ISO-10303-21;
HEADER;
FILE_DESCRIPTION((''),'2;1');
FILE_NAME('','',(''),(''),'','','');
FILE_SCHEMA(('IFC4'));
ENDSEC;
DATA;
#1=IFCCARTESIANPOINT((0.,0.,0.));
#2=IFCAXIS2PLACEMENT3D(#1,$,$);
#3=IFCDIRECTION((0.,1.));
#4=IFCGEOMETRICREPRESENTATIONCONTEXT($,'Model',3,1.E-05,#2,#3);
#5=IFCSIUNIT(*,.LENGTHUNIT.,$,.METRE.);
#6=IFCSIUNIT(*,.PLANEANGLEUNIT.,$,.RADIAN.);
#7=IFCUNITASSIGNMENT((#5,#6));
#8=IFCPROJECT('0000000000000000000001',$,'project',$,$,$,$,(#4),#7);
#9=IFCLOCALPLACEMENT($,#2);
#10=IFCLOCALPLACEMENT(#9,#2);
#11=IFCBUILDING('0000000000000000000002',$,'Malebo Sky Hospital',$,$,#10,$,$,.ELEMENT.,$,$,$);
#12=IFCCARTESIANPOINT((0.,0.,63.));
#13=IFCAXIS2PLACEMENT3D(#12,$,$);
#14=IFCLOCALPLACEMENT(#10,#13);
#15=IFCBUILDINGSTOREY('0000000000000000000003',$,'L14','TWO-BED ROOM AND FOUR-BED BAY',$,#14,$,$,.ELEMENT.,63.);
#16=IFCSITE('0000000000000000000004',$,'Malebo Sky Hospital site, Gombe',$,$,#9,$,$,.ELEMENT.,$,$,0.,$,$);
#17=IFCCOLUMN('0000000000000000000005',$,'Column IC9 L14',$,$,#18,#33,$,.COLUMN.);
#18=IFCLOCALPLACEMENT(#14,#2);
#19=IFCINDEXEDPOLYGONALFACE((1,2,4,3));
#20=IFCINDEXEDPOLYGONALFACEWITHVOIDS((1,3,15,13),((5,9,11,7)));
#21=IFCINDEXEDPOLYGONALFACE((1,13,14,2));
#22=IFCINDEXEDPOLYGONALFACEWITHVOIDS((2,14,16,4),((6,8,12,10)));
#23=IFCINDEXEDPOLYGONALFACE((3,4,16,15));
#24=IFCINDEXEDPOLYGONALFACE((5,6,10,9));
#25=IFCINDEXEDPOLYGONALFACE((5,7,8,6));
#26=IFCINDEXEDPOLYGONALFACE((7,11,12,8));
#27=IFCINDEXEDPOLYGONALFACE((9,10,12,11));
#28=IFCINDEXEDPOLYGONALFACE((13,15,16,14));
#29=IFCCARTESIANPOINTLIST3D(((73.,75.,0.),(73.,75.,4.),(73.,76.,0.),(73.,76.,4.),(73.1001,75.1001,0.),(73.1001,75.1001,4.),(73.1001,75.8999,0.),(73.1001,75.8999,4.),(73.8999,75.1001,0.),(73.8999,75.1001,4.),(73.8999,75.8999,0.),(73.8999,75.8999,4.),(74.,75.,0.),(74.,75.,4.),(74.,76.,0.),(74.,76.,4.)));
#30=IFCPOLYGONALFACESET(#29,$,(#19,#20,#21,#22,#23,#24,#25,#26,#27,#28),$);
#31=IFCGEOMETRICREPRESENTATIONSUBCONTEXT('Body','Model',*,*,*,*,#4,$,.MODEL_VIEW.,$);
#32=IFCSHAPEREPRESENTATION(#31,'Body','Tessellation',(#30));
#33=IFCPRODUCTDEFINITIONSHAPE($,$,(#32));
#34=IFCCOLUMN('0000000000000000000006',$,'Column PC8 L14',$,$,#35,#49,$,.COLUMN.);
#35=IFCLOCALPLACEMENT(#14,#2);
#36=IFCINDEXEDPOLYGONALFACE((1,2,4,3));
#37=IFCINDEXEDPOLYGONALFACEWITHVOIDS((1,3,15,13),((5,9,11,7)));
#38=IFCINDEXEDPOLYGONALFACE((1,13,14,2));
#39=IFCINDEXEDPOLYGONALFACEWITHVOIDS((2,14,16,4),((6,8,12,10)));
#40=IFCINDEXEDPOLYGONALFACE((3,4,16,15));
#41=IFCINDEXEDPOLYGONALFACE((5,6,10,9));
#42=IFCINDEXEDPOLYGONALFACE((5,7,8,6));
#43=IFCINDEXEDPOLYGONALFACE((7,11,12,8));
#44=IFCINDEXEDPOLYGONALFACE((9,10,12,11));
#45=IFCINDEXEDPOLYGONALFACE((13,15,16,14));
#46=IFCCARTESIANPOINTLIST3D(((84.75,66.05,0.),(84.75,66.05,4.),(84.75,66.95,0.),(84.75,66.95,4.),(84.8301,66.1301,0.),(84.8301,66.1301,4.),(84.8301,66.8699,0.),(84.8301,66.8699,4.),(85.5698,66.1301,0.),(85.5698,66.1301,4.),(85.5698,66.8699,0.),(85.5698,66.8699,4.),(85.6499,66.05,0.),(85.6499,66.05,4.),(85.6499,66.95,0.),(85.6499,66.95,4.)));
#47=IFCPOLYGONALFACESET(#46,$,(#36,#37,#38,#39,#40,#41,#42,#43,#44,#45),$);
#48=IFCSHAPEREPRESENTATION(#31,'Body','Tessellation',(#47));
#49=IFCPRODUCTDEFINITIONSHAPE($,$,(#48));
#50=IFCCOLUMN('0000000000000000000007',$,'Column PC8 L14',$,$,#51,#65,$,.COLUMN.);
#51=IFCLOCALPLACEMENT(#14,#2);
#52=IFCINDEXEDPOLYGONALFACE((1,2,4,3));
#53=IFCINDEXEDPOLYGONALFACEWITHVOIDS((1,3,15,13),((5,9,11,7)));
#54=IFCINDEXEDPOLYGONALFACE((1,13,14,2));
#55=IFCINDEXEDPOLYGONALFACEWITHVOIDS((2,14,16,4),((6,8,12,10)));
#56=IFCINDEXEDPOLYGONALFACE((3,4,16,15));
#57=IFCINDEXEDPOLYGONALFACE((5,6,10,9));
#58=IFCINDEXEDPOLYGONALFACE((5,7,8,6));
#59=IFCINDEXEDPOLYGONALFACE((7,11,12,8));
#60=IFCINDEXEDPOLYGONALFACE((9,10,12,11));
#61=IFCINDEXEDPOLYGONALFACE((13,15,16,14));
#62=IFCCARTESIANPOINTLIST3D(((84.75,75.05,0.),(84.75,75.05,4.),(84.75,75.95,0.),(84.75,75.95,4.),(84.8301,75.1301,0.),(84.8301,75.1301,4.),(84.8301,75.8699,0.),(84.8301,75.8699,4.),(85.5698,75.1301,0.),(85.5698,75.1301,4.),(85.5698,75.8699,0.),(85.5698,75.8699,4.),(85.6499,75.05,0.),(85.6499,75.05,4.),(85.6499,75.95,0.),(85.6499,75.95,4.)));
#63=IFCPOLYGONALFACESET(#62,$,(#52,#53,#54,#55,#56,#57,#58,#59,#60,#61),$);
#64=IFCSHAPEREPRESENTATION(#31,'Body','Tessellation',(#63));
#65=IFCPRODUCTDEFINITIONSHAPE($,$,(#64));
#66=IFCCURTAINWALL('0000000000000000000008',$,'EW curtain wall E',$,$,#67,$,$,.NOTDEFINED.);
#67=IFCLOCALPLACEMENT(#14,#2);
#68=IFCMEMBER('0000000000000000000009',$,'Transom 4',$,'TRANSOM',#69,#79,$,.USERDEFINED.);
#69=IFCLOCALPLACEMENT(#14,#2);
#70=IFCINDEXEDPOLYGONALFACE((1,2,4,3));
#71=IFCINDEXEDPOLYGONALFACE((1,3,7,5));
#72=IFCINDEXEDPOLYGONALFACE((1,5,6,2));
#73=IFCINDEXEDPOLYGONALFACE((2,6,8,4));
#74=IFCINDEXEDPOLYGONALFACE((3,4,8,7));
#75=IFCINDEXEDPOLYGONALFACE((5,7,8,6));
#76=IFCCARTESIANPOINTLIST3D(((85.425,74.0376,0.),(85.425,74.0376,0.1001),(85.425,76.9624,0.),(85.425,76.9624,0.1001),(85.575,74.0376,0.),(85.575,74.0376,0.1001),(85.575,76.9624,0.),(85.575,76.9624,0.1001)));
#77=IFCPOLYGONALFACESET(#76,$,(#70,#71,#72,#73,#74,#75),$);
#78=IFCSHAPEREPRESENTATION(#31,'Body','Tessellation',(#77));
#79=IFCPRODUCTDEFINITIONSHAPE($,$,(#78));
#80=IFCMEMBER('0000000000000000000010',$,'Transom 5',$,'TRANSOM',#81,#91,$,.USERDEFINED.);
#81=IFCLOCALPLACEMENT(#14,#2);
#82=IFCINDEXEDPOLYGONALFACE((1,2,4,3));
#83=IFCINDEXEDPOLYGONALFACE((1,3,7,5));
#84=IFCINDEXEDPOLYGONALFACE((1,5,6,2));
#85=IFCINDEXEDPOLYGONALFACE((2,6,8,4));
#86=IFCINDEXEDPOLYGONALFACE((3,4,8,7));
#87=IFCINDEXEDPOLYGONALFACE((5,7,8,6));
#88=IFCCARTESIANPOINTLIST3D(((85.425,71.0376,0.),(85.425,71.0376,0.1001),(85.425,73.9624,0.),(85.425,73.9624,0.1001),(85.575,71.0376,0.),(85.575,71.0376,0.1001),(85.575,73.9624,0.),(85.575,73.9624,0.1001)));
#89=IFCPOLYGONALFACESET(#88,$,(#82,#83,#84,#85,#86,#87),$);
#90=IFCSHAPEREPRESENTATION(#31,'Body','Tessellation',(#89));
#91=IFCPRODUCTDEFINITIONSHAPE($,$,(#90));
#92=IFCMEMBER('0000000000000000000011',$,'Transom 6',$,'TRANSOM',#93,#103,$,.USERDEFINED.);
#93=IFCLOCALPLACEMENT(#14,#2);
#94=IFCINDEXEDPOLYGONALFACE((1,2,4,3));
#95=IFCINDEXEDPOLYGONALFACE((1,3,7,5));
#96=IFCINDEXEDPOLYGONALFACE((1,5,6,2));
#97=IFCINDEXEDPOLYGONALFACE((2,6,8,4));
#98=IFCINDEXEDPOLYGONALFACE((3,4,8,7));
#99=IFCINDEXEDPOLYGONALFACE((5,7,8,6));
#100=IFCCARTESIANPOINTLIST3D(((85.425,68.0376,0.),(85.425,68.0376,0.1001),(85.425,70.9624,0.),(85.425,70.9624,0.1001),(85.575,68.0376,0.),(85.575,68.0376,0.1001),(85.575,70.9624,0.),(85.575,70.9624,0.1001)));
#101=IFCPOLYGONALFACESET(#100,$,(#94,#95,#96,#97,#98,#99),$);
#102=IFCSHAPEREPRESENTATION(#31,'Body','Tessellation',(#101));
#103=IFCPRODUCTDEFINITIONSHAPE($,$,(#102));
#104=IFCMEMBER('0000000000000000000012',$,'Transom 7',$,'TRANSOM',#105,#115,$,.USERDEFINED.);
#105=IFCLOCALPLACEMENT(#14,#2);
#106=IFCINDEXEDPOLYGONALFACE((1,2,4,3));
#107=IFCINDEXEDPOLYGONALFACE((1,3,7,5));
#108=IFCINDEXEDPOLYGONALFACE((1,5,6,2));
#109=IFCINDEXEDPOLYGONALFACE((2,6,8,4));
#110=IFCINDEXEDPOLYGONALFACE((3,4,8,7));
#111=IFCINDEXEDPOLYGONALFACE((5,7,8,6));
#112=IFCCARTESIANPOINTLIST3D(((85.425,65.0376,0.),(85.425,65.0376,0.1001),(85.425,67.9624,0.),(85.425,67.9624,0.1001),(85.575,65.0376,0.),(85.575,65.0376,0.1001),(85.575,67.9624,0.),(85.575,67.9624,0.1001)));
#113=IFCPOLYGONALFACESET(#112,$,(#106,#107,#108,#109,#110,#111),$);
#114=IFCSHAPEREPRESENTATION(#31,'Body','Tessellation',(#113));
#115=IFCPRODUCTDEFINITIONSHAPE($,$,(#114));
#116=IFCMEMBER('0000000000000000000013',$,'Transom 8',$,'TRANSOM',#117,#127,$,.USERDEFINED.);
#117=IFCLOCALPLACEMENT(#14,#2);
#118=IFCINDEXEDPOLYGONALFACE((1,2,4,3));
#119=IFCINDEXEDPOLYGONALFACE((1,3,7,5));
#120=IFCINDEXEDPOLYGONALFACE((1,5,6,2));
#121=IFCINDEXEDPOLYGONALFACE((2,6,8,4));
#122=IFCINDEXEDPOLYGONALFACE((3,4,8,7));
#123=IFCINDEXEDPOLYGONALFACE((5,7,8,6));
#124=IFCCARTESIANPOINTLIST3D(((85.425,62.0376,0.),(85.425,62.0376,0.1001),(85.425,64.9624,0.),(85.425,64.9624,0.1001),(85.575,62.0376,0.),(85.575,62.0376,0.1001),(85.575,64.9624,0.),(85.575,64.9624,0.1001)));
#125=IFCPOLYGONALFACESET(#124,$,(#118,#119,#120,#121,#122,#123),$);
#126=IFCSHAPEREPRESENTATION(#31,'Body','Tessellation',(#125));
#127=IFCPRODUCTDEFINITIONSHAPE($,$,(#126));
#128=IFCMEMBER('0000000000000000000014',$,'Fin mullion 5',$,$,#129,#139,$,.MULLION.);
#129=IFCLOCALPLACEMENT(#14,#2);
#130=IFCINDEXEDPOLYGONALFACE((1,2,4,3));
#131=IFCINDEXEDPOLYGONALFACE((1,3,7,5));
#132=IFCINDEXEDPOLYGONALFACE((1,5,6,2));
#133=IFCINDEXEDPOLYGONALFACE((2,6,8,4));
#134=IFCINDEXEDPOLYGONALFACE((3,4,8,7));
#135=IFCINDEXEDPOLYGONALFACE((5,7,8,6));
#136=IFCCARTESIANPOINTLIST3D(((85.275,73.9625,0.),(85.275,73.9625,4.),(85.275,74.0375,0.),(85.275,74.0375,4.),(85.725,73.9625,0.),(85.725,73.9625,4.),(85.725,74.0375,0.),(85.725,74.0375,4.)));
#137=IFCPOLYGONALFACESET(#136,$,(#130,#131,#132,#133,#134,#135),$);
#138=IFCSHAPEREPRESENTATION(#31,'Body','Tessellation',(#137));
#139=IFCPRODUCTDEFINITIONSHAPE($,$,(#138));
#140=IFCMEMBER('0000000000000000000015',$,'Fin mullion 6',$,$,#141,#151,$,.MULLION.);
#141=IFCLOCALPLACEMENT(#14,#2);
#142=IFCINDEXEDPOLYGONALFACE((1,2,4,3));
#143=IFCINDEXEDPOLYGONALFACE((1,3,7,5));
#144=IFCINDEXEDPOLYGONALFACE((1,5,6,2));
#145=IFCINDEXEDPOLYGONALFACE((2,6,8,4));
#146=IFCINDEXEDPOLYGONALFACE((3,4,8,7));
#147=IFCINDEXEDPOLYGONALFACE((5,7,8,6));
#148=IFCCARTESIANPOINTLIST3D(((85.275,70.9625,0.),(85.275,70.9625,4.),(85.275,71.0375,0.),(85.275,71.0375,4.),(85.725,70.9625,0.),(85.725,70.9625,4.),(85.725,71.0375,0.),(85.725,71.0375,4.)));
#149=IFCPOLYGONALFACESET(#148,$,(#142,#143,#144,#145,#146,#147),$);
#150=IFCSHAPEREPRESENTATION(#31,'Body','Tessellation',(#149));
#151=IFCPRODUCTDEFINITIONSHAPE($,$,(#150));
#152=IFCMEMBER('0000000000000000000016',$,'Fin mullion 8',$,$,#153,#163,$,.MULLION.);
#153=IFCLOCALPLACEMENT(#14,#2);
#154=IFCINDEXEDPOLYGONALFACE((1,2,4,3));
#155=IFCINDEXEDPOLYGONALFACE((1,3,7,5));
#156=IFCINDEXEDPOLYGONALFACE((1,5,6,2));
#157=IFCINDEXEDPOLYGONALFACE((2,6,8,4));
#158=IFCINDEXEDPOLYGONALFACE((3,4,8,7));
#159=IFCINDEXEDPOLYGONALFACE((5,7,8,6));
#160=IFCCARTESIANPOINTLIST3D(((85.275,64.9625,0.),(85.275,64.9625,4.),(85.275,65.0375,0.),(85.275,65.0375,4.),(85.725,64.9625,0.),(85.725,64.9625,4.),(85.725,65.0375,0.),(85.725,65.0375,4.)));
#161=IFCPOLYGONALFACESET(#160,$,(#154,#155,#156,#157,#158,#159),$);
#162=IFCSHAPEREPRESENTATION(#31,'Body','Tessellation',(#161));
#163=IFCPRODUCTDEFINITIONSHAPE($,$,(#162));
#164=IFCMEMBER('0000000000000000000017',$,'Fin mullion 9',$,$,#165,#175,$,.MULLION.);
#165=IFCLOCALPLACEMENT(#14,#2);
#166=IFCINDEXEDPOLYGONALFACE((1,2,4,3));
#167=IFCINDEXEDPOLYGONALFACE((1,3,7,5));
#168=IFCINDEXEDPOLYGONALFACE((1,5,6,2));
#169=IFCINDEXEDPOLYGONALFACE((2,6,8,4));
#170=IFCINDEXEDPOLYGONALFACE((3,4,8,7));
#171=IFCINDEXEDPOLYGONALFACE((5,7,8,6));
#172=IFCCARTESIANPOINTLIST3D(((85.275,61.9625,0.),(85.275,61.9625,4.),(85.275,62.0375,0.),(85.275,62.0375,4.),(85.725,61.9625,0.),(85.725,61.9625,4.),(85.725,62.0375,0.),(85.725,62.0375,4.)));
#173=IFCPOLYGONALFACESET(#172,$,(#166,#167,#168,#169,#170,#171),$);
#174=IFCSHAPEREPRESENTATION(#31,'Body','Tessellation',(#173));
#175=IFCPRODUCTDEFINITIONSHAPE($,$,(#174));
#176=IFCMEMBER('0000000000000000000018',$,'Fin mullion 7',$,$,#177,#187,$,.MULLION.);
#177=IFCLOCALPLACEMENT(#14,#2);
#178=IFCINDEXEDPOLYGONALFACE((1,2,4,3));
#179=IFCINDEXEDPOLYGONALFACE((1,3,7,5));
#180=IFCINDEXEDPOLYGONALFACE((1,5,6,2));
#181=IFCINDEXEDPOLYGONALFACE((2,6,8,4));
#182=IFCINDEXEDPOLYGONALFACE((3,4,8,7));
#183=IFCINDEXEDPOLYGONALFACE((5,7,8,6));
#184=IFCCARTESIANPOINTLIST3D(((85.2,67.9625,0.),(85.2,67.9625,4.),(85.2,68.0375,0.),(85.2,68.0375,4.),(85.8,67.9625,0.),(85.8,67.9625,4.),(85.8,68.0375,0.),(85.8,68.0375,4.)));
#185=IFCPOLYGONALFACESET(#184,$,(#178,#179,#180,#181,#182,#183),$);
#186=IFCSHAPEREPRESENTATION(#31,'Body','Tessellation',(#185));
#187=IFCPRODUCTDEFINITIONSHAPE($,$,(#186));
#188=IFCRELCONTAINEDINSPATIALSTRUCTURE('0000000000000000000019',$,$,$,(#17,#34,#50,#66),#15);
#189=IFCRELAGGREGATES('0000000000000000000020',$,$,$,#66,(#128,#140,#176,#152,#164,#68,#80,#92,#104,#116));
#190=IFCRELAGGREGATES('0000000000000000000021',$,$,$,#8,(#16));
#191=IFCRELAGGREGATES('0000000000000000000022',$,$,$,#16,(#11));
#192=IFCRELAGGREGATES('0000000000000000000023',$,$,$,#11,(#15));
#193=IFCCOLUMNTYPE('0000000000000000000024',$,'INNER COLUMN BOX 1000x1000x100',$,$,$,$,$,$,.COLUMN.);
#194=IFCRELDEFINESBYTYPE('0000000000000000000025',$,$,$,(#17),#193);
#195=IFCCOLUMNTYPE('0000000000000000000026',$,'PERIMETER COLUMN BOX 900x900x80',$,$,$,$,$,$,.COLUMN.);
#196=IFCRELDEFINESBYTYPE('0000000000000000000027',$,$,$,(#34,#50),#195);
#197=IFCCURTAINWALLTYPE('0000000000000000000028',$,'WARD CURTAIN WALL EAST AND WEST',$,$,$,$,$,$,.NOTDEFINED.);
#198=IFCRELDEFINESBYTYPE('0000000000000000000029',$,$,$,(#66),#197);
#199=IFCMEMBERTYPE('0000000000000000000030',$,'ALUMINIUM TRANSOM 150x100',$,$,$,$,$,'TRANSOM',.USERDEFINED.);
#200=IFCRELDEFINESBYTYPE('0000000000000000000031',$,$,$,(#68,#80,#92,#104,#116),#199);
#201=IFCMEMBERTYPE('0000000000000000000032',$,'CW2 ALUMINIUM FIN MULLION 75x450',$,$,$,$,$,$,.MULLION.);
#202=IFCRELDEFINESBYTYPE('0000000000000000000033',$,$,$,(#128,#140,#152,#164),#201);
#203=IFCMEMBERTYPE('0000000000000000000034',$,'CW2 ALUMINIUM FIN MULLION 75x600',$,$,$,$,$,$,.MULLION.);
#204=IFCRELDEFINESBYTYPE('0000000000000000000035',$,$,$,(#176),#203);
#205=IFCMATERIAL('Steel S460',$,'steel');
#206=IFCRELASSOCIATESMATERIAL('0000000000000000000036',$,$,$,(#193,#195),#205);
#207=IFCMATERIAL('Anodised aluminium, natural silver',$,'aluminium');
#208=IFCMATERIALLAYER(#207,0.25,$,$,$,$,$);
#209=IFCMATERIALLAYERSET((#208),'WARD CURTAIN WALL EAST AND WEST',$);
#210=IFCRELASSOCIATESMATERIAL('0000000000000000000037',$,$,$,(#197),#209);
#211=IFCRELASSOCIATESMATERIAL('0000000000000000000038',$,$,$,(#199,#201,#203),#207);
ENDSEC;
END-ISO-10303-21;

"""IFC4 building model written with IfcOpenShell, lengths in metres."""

from ifc_helpers import new_model, si_unit, direction, frame, origin, origin_2d, place, context, subcontext, project, spatial, rectangle, hollow_rectangle, extrude, material, layer, layer_set, material_profile, profile_set, type_object, element, aggregate, save


model = new_model("IFC4")

# Units and contexts
model_context = context("Model", 3, precision=1e-05, world=origin(), true_north=direction((0.0, 1.0)))
body_context = subcontext(model_context, "Body", "Model", "MODEL_VIEW")
ifc_project = project(units=[si_unit("LENGTHUNIT", "METRE"), si_unit("PLANEANGLEUNIT", "RADIAN")], contexts=[model_context])

# Site, building, storey
site_placement = place(None, origin())
site = spatial("IfcSite", under=ifc_project, at=site_placement, Name="Malebo Sky Hospital site, Gombe", CompositionType="ELEMENT", RefElevation=0.0)
building_placement = place(site_placement, origin())
building = spatial("IfcBuilding", under=site, at=building_placement, Name="Malebo Sky Hospital", CompositionType="ELEMENT")
storey_placement = place(building_placement, frame((0.0, 0.0, 63.0)))
storey = spatial("IfcBuildingStorey", under=building, at=storey_placement, Name="L14", Description="TWO-BED ROOM AND FOUR-BED BAY", CompositionType="ELEMENT", Elevation=63.0)

# Columns
ifc_material_1 = material(Name="Steel S460", Category="steel")
ifc_material_profile_1 = material_profile(ifc_material_1, hollow_rectangle(XDim=1.0, YDim=1.0, WallThickness=0.1001, at=origin_2d()), Name="BOX 1000x1000x100")
ifc_profile_set_1 = profile_set([ifc_material_profile_1], Name="Steel S460")
column_type_1 = type_object("IfcColumnType", Name="INNER COLUMN BOX 1000x1000x100", PredefinedType="COLUMN", material=ifc_profile_set_1)
column_placement = place(storey_placement, frame((73.5, 75.5, 0.0), z_axis=(0.0, 0.0, 1.0), x_axis=(1.0, 0.0, 0.0)))
element("IfcColumn", 1, at=column_placement, inside=storey, type_object=column_type_1, Name="Column IC9 L14", PredefinedType="COLUMN", context=body_context, shape_type="SweptSolid", body=[
    extrude(hollow_rectangle(XDim=1.0, YDim=1.0, WallThickness=0.1001, at=origin_2d()), origin(), (0.0, 0.0, 1.0), 4.0),
])
ifc_material_profile_2 = material_profile(ifc_material_1, hollow_rectangle(XDim=0.8999, YDim=0.8999, WallThickness=0.0801, at=origin_2d()), Name="BOX 900x900x80")
ifc_profile_set_2 = profile_set([ifc_material_profile_2], Name="Steel S460")
column_type_2 = type_object("IfcColumnType", Name="PERIMETER COLUMN BOX 900x900x80", PredefinedType="COLUMN", material=ifc_profile_set_2)
for number, where, z_axis, x_axis, name in (
    (2, (85.2, 66.5, 0.0), (0.0, 0.0, 1.0), (1.0, 0.0, 0.0), "Column PC8 L14"),
    (3, (85.2, 75.5, 0.0), (0.0, 0.0, 1.0), (1.0, 0.0, 0.0), "Column PC8 L14"),
):
    element("IfcColumn", number, at=place(storey_placement, frame(where, z_axis=z_axis, x_axis=x_axis)), inside=storey, type_object=column_type_2, Name=name, PredefinedType="COLUMN", context=body_context, shape_type="SweptSolid", body=[
        extrude(hollow_rectangle(XDim=0.8999, YDim=0.8999, WallThickness=0.0801, at=origin_2d()), origin(), (0.0, 0.0, 1.0), 4.0),
    ])

# Curtain wall, members
ifc_material_2 = material(Name="Anodised aluminium, natural silver", Category="aluminium")
ifc_layer_1 = layer(ifc_material_2, 0.25)
ifc_layer_set_1 = layer_set([ifc_layer_1], Name="WARD CURTAIN WALL EAST AND WEST")
curtain_wall_type = type_object("IfcCurtainWallType", Name="WARD CURTAIN WALL EAST AND WEST", PredefinedType="NOTDEFINED", material=ifc_layer_set_1)
curtain_wall_placement = place(storey_placement, origin())
curtain_wall = element("IfcCurtainWall", 4, at=curtain_wall_placement, inside=storey, type_object=curtain_wall_type, Name="EW curtain wall E", PredefinedType="NOTDEFINED")
ifc_material_profile_3 = material_profile(ifc_material_2, rectangle(XDim=0.1499, YDim=0.1001, at=origin_2d()), Name="ALUMINIUM TRANSOM 150x100")
ifc_profile_set_3 = profile_set([ifc_material_profile_3], Name="Anodised aluminium, natural silver")
member_type_1 = type_object("IfcMemberType", Name="ALUMINIUM TRANSOM 150x100", ElementType="TRANSOM", PredefinedType="USERDEFINED", material=ifc_profile_set_3)
member_1_placement = place(storey_placement, frame((85.5, 76.9624, 0.05), z_axis=(0.0, -1.0, 0.0), x_axis=(1.0, 0.0, 0.0)))
member_1 = element("IfcMember", 5, at=member_1_placement, type_object=member_type_1, Name="Transom 4", ObjectType="TRANSOM", PredefinedType="USERDEFINED", context=body_context, shape_type="SweptSolid", body=[
    extrude(rectangle(XDim=0.1499, YDim=0.1001, at=origin_2d()), origin(), (0.0, 0.0, 1.0), 2.9248),
])
member_2_placement = place(storey_placement, frame((85.5, 73.9624, 0.05), z_axis=(0.0, -1.0, 0.0), x_axis=(1.0, 0.0, 0.0)))
member_2 = element("IfcMember", 6, at=member_2_placement, type_object=member_type_1, Name="Transom 5", ObjectType="TRANSOM", PredefinedType="USERDEFINED", context=body_context, shape_type="SweptSolid", body=[
    extrude(rectangle(XDim=0.1499, YDim=0.1001, at=origin_2d()), origin(), (0.0, 0.0, 1.0), 2.9248),
])
member_3_placement = place(storey_placement, frame((85.5, 70.9624, 0.05), z_axis=(0.0, -1.0, 0.0), x_axis=(1.0, 0.0, 0.0)))
member_3 = element("IfcMember", 7, at=member_3_placement, type_object=member_type_1, Name="Transom 6", ObjectType="TRANSOM", PredefinedType="USERDEFINED", context=body_context, shape_type="SweptSolid", body=[
    extrude(rectangle(XDim=0.1499, YDim=0.1001, at=origin_2d()), origin(), (0.0, 0.0, 1.0), 2.9248),
])
member_4_placement = place(storey_placement, frame((85.5, 67.9624, 0.05), z_axis=(0.0, -1.0, 0.0), x_axis=(1.0, 0.0, 0.0)))
member_4 = element("IfcMember", 8, at=member_4_placement, type_object=member_type_1, Name="Transom 7", ObjectType="TRANSOM", PredefinedType="USERDEFINED", context=body_context, shape_type="SweptSolid", body=[
    extrude(rectangle(XDim=0.1499, YDim=0.1001, at=origin_2d()), origin(), (0.0, 0.0, 1.0), 2.9248),
])
member_5_placement = place(storey_placement, frame((85.5, 64.9624, 0.05), z_axis=(0.0, -1.0, 0.0), x_axis=(1.0, 0.0, 0.0)))
member_5 = element("IfcMember", 9, at=member_5_placement, type_object=member_type_1, Name="Transom 8", ObjectType="TRANSOM", PredefinedType="USERDEFINED", context=body_context, shape_type="SweptSolid", body=[
    extrude(rectangle(XDim=0.1499, YDim=0.1001, at=origin_2d()), origin(), (0.0, 0.0, 1.0), 2.9248),
])
ifc_material_profile_4 = material_profile(ifc_material_2, rectangle(XDim=0.075, YDim=0.45, at=origin_2d()), Name="CW2 ALUMINIUM FIN MULLION 75x450")
ifc_profile_set_4 = profile_set([ifc_material_profile_4], Name="Anodised aluminium, natural silver")
member_type_2 = type_object("IfcMemberType", Name="CW2 ALUMINIUM FIN MULLION 75x450", PredefinedType="MULLION", material=ifc_profile_set_4)
member_6_placement = place(storey_placement, frame((85.5, 74.0, 0.0), z_axis=(0.0, 0.0, 1.0), x_axis=(0.0, -1.0, 0.0)))
member_6 = element("IfcMember", 10, at=member_6_placement, type_object=member_type_2, Name="Fin mullion 5", PredefinedType="MULLION", context=body_context, shape_type="SweptSolid", body=[
    extrude(rectangle(XDim=0.075, YDim=0.45, at=origin_2d()), origin(), (0.0, 0.0, 1.0), 4.0),
])
member_7_placement = place(storey_placement, frame((85.5, 71.0, 0.0), z_axis=(0.0, 0.0, 1.0), x_axis=(0.0, -1.0, 0.0)))
member_7 = element("IfcMember", 11, at=member_7_placement, type_object=member_type_2, Name="Fin mullion 6", PredefinedType="MULLION", context=body_context, shape_type="SweptSolid", body=[
    extrude(rectangle(XDim=0.075, YDim=0.45, at=origin_2d()), origin(), (0.0, 0.0, 1.0), 4.0),
])
member_8_placement = place(storey_placement, frame((85.5, 65.0, 0.0), z_axis=(0.0, 0.0, 1.0), x_axis=(0.0, -1.0, 0.0)))
member_8 = element("IfcMember", 12, at=member_8_placement, type_object=member_type_2, Name="Fin mullion 8", PredefinedType="MULLION", context=body_context, shape_type="SweptSolid", body=[
    extrude(rectangle(XDim=0.075, YDim=0.45, at=origin_2d()), origin(), (0.0, 0.0, 1.0), 4.0),
])
member_9_placement = place(storey_placement, frame((85.5, 62.0, 0.0), z_axis=(0.0, 0.0, 1.0), x_axis=(0.0, -1.0, 0.0)))
member_9 = element("IfcMember", 13, at=member_9_placement, type_object=member_type_2, Name="Fin mullion 9", PredefinedType="MULLION", context=body_context, shape_type="SweptSolid", body=[
    extrude(rectangle(XDim=0.075, YDim=0.45, at=origin_2d()), origin(), (0.0, 0.0, 1.0), 4.0),
])
ifc_material_profile_5 = material_profile(ifc_material_2, rectangle(XDim=0.075, YDim=0.6001, at=origin_2d()), Name="CW2 ALUMINIUM FIN MULLION 75x600")
ifc_profile_set_5 = profile_set([ifc_material_profile_5], Name="Anodised aluminium, natural silver")
member_type_3 = type_object("IfcMemberType", Name="CW2 ALUMINIUM FIN MULLION 75x600", PredefinedType="MULLION", material=ifc_profile_set_5)
member_10_placement = place(storey_placement, frame((85.5, 68.0, 0.0), z_axis=(0.0, 0.0, 1.0), x_axis=(0.0, -1.0, 0.0)))
member_10 = element("IfcMember", 14, at=member_10_placement, type_object=member_type_3, Name="Fin mullion 7", PredefinedType="MULLION", context=body_context, shape_type="SweptSolid", body=[
    extrude(rectangle(XDim=0.075, YDim=0.6001, at=origin_2d()), origin(), (0.0, 0.0, 1.0), 4.0),
])

aggregate(curtain_wall, [member_6, member_7, member_10, member_8, member_9, member_1, member_2, member_3, member_4, member_5])

save(model, "model.ifc")
